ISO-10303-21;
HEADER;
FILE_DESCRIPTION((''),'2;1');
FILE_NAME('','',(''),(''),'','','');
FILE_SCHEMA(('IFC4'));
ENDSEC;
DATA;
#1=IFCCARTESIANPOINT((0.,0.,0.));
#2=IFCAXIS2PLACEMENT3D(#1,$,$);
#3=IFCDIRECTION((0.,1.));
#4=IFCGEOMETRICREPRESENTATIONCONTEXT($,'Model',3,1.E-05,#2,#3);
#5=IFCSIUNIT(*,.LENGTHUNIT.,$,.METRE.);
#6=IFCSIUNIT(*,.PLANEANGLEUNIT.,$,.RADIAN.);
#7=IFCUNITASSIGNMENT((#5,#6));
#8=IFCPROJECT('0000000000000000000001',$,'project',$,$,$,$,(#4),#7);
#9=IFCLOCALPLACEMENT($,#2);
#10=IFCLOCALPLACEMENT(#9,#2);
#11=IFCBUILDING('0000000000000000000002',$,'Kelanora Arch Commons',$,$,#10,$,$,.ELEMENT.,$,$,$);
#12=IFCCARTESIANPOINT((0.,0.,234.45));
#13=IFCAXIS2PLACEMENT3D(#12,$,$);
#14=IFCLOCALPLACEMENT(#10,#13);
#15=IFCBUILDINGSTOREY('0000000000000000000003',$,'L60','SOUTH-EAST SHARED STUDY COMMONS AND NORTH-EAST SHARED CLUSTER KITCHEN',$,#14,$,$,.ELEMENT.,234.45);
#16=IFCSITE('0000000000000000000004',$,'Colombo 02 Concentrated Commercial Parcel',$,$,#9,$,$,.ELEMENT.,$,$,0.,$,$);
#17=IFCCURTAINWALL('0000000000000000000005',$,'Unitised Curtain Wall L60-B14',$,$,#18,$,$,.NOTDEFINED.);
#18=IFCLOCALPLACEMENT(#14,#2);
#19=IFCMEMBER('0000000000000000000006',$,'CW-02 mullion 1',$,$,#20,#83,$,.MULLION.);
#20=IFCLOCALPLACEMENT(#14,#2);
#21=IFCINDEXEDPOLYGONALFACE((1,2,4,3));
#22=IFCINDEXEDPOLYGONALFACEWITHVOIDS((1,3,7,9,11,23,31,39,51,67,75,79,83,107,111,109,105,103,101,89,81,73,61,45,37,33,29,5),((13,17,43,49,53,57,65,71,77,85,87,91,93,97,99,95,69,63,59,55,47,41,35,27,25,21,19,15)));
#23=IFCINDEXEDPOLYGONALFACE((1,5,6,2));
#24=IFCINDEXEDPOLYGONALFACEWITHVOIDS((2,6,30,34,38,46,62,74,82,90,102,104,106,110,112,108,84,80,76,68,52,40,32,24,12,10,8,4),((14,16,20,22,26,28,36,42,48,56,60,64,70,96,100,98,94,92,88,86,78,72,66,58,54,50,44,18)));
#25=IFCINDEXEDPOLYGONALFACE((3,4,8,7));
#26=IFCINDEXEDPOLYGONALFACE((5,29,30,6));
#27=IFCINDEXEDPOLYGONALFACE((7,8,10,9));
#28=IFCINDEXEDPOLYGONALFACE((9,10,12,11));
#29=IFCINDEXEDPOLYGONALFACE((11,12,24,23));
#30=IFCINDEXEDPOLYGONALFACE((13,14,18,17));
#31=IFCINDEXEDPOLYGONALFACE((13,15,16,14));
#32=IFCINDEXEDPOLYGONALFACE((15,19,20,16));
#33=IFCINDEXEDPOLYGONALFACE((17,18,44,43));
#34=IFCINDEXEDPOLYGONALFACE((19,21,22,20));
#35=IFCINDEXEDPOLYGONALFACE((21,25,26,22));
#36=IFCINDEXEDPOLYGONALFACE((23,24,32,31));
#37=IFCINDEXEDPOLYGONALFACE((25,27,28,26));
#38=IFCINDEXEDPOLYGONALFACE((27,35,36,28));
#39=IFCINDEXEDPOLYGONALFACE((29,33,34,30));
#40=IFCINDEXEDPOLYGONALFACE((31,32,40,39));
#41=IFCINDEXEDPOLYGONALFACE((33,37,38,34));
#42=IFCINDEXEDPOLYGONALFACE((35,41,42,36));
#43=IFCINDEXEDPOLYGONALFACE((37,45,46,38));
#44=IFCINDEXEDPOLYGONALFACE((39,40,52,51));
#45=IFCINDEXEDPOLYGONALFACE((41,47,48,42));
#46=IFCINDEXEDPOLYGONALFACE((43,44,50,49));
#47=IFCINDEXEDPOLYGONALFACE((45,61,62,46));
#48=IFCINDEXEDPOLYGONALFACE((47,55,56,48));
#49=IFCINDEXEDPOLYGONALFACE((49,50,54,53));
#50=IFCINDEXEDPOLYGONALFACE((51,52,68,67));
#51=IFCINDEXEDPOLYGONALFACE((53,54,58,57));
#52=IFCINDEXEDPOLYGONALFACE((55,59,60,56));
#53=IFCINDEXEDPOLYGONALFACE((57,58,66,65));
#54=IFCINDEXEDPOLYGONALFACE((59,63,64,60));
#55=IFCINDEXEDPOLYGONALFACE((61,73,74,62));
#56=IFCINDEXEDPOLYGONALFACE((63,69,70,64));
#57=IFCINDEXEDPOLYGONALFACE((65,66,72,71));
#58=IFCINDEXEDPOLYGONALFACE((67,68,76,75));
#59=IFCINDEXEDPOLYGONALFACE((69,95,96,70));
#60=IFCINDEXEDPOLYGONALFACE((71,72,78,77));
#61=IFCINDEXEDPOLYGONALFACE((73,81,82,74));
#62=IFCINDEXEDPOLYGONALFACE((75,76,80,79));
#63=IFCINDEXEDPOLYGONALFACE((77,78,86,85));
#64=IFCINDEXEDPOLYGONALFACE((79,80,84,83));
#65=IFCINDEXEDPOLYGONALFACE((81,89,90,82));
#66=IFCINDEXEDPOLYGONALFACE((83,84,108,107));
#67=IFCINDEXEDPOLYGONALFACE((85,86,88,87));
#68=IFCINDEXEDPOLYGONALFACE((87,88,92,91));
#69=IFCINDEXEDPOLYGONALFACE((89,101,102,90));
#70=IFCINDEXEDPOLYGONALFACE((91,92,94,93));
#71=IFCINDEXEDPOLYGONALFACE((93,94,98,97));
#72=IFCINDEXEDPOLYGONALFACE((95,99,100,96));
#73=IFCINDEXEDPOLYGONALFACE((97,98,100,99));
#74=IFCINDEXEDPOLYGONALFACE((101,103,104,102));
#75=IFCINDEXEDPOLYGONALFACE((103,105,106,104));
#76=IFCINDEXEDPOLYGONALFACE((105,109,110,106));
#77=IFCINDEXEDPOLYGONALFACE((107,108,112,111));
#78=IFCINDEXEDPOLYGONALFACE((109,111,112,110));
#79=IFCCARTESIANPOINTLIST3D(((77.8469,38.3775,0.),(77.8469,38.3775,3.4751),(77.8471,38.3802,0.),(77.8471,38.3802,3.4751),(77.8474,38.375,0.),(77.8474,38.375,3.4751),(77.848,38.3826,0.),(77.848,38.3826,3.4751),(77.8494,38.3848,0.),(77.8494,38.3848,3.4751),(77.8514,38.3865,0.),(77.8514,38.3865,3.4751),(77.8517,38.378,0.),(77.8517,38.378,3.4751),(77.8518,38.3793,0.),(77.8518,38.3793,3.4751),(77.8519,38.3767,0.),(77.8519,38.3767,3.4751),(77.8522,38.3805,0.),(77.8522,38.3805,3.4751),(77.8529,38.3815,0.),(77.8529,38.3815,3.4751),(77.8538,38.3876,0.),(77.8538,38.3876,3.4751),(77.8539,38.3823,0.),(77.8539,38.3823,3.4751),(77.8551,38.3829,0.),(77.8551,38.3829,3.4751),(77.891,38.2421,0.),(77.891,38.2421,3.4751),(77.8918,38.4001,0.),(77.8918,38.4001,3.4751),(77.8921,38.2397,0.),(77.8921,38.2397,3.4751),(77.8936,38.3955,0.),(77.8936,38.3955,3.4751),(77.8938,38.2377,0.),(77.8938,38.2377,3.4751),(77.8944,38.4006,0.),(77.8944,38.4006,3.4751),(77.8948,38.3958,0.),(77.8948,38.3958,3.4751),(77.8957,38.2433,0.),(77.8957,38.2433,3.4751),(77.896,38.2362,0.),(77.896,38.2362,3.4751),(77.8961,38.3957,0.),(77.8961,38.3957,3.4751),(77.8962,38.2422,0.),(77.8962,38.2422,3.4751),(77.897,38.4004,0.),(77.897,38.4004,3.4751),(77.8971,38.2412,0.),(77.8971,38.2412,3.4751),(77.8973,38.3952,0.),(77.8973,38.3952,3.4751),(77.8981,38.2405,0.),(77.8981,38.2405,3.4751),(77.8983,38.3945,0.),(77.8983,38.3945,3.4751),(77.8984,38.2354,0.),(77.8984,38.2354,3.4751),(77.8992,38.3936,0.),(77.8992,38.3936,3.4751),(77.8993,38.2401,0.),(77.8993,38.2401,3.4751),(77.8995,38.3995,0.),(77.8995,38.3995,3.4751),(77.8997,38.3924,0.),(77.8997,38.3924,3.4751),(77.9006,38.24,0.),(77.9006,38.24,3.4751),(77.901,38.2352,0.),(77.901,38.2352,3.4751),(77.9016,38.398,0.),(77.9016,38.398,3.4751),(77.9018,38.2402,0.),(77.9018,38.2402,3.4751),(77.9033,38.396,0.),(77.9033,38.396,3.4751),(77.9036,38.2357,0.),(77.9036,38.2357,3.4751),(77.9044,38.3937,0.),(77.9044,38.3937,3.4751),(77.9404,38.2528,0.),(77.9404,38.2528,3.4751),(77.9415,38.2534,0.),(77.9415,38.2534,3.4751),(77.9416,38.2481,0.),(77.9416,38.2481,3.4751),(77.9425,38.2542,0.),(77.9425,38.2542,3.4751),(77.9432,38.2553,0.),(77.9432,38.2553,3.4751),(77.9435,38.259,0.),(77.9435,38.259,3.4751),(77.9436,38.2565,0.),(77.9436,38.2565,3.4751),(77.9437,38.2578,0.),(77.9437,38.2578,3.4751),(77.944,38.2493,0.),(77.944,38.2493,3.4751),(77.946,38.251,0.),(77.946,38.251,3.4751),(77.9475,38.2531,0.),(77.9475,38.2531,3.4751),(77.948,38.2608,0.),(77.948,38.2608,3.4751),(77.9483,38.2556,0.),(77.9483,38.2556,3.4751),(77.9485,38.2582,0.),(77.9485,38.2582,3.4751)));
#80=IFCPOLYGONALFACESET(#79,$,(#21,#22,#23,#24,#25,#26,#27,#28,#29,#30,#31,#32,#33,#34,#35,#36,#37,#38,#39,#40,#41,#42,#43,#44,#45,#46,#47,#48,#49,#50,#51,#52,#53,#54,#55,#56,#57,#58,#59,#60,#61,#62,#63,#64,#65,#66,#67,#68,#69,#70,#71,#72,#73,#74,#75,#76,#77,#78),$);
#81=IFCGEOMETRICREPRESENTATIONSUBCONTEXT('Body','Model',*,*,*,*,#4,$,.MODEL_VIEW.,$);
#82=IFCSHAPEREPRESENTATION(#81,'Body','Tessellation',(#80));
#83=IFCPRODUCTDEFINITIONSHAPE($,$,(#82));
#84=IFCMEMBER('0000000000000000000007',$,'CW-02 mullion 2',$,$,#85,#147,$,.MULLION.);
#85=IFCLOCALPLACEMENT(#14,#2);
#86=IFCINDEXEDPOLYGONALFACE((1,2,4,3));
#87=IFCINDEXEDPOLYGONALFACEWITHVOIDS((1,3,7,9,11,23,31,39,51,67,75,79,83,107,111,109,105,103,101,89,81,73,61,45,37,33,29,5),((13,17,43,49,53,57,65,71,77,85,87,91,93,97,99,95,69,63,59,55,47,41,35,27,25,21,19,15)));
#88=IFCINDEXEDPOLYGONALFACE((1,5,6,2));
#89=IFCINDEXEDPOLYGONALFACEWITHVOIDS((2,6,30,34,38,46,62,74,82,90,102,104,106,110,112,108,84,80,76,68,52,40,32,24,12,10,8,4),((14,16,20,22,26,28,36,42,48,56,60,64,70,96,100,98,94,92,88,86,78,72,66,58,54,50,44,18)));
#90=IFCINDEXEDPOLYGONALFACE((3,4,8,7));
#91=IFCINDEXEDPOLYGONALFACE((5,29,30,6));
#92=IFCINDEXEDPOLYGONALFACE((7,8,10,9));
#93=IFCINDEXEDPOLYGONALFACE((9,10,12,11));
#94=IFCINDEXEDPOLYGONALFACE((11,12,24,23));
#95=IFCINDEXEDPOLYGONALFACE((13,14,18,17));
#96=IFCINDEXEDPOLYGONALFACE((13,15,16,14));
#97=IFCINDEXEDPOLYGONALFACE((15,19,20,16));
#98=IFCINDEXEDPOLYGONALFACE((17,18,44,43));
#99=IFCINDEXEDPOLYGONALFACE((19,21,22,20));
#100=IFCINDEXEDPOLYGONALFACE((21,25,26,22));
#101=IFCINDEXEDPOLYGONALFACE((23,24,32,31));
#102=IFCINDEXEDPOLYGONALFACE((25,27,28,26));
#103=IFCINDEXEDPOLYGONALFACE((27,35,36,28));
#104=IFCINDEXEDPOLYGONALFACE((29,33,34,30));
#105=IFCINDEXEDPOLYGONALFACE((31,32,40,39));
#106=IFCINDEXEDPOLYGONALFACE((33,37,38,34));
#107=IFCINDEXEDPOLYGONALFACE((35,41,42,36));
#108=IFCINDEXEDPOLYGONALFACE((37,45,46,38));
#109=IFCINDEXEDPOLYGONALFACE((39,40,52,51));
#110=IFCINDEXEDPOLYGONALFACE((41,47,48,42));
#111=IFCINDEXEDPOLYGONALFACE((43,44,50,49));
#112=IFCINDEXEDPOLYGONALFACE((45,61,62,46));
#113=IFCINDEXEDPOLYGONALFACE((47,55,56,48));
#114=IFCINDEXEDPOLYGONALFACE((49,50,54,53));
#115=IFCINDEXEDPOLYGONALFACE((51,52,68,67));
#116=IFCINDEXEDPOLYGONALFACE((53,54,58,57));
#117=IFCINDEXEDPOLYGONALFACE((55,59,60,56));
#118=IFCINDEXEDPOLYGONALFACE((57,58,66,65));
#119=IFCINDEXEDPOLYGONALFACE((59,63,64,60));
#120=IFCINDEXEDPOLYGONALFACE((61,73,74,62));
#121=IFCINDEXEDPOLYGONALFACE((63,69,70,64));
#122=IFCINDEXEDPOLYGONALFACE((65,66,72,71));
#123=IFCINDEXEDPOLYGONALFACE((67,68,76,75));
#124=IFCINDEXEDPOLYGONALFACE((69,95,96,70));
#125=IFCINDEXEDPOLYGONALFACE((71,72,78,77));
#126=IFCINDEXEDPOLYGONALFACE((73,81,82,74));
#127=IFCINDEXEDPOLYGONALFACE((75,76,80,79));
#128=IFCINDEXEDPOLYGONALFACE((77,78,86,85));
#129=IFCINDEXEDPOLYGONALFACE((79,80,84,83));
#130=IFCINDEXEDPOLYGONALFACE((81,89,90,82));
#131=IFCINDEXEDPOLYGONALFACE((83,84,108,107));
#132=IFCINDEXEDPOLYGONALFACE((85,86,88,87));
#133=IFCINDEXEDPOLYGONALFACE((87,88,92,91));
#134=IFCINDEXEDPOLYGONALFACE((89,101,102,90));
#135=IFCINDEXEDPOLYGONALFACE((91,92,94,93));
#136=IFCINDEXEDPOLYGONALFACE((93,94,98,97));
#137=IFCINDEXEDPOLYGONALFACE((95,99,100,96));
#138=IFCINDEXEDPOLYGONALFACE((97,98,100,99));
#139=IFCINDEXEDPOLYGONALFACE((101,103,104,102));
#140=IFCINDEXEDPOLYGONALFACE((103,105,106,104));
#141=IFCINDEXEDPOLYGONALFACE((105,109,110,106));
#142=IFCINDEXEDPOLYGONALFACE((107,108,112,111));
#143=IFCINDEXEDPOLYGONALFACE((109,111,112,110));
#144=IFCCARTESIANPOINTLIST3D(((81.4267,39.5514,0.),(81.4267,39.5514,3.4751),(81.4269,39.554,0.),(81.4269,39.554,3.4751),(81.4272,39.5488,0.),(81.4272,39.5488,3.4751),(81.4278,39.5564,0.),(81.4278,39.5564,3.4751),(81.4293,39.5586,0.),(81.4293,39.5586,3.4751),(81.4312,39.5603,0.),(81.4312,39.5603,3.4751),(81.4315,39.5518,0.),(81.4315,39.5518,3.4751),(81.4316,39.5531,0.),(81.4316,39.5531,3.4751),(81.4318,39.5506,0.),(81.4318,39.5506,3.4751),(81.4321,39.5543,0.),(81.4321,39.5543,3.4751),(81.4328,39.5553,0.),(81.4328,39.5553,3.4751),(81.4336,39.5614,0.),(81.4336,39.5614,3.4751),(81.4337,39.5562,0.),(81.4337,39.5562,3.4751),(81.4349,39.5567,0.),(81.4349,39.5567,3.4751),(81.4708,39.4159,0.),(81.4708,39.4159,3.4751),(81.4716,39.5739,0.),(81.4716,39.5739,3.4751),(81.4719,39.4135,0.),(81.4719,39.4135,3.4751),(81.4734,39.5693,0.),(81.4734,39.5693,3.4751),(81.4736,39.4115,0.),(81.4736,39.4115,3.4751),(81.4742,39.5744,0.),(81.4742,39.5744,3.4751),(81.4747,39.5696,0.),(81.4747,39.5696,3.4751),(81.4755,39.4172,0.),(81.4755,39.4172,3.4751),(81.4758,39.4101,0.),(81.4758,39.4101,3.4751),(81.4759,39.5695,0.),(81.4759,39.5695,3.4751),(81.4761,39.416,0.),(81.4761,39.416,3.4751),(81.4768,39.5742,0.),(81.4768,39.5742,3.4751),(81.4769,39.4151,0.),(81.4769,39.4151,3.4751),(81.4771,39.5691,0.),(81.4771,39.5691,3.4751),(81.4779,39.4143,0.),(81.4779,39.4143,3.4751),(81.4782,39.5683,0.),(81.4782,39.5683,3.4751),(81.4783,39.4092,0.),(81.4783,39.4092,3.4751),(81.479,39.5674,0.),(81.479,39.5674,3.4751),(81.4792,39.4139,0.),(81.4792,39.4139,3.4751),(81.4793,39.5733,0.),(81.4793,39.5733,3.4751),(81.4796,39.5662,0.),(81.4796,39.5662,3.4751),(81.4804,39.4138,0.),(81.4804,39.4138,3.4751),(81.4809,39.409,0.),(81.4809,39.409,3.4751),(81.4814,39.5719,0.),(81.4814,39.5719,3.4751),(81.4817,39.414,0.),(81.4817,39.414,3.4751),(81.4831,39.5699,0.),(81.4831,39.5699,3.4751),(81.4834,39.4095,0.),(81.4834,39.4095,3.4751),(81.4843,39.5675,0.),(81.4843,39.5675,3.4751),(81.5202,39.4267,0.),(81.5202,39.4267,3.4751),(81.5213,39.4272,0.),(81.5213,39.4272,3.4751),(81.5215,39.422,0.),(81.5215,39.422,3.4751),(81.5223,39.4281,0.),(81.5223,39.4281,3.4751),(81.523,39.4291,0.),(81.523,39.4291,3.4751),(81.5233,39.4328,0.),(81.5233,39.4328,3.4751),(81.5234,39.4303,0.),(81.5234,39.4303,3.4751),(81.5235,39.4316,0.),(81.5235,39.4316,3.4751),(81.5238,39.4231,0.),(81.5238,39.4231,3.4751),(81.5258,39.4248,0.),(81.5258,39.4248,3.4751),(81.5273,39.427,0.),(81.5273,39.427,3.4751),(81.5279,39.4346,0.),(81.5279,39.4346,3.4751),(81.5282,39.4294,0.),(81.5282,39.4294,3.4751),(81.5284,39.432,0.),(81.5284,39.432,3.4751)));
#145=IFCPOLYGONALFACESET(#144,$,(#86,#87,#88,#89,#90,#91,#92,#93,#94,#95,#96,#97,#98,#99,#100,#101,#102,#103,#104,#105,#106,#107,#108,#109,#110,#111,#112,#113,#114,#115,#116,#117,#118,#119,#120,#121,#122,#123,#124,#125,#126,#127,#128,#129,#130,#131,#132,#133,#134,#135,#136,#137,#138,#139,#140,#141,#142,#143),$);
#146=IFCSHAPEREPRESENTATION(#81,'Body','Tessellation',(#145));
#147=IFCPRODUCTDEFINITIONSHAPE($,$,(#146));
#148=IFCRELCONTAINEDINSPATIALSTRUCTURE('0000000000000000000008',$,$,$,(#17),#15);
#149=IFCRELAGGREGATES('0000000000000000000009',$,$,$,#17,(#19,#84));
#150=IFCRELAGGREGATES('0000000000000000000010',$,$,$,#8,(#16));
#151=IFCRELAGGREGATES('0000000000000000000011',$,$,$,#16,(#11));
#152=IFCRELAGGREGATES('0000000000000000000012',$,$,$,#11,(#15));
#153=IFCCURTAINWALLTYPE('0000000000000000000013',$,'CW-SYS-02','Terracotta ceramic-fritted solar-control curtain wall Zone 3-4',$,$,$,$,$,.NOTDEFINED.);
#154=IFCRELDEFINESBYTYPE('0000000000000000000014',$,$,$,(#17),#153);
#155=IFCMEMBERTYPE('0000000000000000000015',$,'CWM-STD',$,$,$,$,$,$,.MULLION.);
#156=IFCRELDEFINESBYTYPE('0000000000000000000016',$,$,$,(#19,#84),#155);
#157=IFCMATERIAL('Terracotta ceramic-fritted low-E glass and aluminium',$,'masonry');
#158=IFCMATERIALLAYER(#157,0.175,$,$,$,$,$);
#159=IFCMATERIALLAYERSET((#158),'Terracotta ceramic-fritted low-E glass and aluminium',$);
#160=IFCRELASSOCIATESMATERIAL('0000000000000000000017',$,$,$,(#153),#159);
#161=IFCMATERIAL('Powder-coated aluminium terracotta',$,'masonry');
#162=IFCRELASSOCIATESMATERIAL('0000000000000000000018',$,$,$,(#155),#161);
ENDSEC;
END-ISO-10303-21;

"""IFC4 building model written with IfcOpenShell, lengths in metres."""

from ifc_helpers import new_model, si_unit, direction, frame, origin, origin_2d, place, context, subcontext, project, spatial, hollow_rectangle, extrude, material, layer, layer_set, material_profile, profile_set, type_object, element, aggregate, save


model = new_model("IFC4")

# Units and contexts
model_context = context("Model", 3, precision=1e-05, world=origin(), true_north=direction((0.0, 1.0)))
body_context = subcontext(model_context, "Body", "Model", "MODEL_VIEW")
ifc_project = project(units=[si_unit("LENGTHUNIT", "METRE"), si_unit("PLANEANGLEUNIT", "RADIAN")], contexts=[model_context])

# Site, building, storey
site_placement = place(None, origin())
site = spatial("IfcSite", under=ifc_project, at=site_placement, Name="Colombo 02 Concentrated Commercial Parcel", CompositionType="ELEMENT", RefElevation=0.0)
building_placement = place(site_placement, origin())
building = spatial("IfcBuilding", under=site, at=building_placement, Name="Kelanora Arch Commons", CompositionType="ELEMENT")
storey_placement = place(building_placement, frame((0.0, 0.0, 234.45)))
storey = spatial("IfcBuildingStorey", under=building, at=storey_placement, Name="L60", Description="SOUTH-EAST SHARED STUDY COMMONS AND NORTH-EAST SHARED CLUSTER KITCHEN", CompositionType="ELEMENT", Elevation=234.45)

# Curtain wall, members
ifc_material_1 = material(Name="Terracotta ceramic-fritted low-E glass and aluminium", Category="masonry")
ifc_layer_1 = layer(ifc_material_1, 0.175)
ifc_layer_set_1 = layer_set([ifc_layer_1], Name="Terracotta ceramic-fritted low-E glass and aluminium")
curtain_wall_type = type_object("IfcCurtainWallType", Name="CW-SYS-02", Description="Terracotta ceramic-fritted solar-control curtain wall Zone 3-4", PredefinedType="NOTDEFINED", material=ifc_layer_set_1)
curtain_wall_placement = place(storey_placement, origin())
curtain_wall = element("IfcCurtainWall", 1, at=curtain_wall_placement, inside=storey, type_object=curtain_wall_type, Name="Unitised Curtain Wall L60-B14", PredefinedType="NOTDEFINED")
ifc_material_2 = material(Name="Powder-coated aluminium terracotta", Category="masonry")
ifc_material_profile_1 = material_profile(ifc_material_2, hollow_rectangle(XDim=0.1599, YDim=0.0601, WallThickness=0.0049, InnerFilletRadius=0.0049, OuterFilletRadius=0.01, at=origin_2d()), Name="CWM160x60")
ifc_profile_set_1 = profile_set([ifc_material_profile_1], Name="Powder-coated aluminium terracotta")
member_type_1 = type_object("IfcMemberType", Name="CWM-STD", PredefinedType="MULLION", material=ifc_profile_set_1)
member_1_placement = place(storey_placement, frame((77.8977, 38.3179, 0.0), z_axis=(0.0, 0.0, 1.0), x_axis=(-0.311582, 0.950219, 0.0)))
member_1 = element("IfcMember", 2, at=member_1_placement, type_object=member_type_1, Name="CW-02 mullion 1", PredefinedType="MULLION", context=body_context, shape_type="SweptSolid", body=[
    extrude(hollow_rectangle(XDim=0.1599, YDim=0.0601, WallThickness=0.0049, InnerFilletRadius=0.0049, OuterFilletRadius=0.01, at=origin_2d()), origin(), (0.0, 0.0, 1.0), 3.4751),
])
member_2_placement = place(storey_placement, frame((81.4775, 39.4917, 0.0), z_axis=(0.0, 0.0, 1.0), x_axis=(-0.311582, 0.950219, 0.0)))
member_2 = element("IfcMember", 3, at=member_2_placement, type_object=member_type_1, Name="CW-02 mullion 2", PredefinedType="MULLION", context=body_context, shape_type="SweptSolid", body=[
    extrude(hollow_rectangle(XDim=0.1599, YDim=0.0601, WallThickness=0.0049, InnerFilletRadius=0.0049, OuterFilletRadius=0.01, at=origin_2d()), origin(), (0.0, 0.0, 1.0), 3.4751),
])
aggregate(curtain_wall, [member_1, member_2])

save(model, "model.ifc")
